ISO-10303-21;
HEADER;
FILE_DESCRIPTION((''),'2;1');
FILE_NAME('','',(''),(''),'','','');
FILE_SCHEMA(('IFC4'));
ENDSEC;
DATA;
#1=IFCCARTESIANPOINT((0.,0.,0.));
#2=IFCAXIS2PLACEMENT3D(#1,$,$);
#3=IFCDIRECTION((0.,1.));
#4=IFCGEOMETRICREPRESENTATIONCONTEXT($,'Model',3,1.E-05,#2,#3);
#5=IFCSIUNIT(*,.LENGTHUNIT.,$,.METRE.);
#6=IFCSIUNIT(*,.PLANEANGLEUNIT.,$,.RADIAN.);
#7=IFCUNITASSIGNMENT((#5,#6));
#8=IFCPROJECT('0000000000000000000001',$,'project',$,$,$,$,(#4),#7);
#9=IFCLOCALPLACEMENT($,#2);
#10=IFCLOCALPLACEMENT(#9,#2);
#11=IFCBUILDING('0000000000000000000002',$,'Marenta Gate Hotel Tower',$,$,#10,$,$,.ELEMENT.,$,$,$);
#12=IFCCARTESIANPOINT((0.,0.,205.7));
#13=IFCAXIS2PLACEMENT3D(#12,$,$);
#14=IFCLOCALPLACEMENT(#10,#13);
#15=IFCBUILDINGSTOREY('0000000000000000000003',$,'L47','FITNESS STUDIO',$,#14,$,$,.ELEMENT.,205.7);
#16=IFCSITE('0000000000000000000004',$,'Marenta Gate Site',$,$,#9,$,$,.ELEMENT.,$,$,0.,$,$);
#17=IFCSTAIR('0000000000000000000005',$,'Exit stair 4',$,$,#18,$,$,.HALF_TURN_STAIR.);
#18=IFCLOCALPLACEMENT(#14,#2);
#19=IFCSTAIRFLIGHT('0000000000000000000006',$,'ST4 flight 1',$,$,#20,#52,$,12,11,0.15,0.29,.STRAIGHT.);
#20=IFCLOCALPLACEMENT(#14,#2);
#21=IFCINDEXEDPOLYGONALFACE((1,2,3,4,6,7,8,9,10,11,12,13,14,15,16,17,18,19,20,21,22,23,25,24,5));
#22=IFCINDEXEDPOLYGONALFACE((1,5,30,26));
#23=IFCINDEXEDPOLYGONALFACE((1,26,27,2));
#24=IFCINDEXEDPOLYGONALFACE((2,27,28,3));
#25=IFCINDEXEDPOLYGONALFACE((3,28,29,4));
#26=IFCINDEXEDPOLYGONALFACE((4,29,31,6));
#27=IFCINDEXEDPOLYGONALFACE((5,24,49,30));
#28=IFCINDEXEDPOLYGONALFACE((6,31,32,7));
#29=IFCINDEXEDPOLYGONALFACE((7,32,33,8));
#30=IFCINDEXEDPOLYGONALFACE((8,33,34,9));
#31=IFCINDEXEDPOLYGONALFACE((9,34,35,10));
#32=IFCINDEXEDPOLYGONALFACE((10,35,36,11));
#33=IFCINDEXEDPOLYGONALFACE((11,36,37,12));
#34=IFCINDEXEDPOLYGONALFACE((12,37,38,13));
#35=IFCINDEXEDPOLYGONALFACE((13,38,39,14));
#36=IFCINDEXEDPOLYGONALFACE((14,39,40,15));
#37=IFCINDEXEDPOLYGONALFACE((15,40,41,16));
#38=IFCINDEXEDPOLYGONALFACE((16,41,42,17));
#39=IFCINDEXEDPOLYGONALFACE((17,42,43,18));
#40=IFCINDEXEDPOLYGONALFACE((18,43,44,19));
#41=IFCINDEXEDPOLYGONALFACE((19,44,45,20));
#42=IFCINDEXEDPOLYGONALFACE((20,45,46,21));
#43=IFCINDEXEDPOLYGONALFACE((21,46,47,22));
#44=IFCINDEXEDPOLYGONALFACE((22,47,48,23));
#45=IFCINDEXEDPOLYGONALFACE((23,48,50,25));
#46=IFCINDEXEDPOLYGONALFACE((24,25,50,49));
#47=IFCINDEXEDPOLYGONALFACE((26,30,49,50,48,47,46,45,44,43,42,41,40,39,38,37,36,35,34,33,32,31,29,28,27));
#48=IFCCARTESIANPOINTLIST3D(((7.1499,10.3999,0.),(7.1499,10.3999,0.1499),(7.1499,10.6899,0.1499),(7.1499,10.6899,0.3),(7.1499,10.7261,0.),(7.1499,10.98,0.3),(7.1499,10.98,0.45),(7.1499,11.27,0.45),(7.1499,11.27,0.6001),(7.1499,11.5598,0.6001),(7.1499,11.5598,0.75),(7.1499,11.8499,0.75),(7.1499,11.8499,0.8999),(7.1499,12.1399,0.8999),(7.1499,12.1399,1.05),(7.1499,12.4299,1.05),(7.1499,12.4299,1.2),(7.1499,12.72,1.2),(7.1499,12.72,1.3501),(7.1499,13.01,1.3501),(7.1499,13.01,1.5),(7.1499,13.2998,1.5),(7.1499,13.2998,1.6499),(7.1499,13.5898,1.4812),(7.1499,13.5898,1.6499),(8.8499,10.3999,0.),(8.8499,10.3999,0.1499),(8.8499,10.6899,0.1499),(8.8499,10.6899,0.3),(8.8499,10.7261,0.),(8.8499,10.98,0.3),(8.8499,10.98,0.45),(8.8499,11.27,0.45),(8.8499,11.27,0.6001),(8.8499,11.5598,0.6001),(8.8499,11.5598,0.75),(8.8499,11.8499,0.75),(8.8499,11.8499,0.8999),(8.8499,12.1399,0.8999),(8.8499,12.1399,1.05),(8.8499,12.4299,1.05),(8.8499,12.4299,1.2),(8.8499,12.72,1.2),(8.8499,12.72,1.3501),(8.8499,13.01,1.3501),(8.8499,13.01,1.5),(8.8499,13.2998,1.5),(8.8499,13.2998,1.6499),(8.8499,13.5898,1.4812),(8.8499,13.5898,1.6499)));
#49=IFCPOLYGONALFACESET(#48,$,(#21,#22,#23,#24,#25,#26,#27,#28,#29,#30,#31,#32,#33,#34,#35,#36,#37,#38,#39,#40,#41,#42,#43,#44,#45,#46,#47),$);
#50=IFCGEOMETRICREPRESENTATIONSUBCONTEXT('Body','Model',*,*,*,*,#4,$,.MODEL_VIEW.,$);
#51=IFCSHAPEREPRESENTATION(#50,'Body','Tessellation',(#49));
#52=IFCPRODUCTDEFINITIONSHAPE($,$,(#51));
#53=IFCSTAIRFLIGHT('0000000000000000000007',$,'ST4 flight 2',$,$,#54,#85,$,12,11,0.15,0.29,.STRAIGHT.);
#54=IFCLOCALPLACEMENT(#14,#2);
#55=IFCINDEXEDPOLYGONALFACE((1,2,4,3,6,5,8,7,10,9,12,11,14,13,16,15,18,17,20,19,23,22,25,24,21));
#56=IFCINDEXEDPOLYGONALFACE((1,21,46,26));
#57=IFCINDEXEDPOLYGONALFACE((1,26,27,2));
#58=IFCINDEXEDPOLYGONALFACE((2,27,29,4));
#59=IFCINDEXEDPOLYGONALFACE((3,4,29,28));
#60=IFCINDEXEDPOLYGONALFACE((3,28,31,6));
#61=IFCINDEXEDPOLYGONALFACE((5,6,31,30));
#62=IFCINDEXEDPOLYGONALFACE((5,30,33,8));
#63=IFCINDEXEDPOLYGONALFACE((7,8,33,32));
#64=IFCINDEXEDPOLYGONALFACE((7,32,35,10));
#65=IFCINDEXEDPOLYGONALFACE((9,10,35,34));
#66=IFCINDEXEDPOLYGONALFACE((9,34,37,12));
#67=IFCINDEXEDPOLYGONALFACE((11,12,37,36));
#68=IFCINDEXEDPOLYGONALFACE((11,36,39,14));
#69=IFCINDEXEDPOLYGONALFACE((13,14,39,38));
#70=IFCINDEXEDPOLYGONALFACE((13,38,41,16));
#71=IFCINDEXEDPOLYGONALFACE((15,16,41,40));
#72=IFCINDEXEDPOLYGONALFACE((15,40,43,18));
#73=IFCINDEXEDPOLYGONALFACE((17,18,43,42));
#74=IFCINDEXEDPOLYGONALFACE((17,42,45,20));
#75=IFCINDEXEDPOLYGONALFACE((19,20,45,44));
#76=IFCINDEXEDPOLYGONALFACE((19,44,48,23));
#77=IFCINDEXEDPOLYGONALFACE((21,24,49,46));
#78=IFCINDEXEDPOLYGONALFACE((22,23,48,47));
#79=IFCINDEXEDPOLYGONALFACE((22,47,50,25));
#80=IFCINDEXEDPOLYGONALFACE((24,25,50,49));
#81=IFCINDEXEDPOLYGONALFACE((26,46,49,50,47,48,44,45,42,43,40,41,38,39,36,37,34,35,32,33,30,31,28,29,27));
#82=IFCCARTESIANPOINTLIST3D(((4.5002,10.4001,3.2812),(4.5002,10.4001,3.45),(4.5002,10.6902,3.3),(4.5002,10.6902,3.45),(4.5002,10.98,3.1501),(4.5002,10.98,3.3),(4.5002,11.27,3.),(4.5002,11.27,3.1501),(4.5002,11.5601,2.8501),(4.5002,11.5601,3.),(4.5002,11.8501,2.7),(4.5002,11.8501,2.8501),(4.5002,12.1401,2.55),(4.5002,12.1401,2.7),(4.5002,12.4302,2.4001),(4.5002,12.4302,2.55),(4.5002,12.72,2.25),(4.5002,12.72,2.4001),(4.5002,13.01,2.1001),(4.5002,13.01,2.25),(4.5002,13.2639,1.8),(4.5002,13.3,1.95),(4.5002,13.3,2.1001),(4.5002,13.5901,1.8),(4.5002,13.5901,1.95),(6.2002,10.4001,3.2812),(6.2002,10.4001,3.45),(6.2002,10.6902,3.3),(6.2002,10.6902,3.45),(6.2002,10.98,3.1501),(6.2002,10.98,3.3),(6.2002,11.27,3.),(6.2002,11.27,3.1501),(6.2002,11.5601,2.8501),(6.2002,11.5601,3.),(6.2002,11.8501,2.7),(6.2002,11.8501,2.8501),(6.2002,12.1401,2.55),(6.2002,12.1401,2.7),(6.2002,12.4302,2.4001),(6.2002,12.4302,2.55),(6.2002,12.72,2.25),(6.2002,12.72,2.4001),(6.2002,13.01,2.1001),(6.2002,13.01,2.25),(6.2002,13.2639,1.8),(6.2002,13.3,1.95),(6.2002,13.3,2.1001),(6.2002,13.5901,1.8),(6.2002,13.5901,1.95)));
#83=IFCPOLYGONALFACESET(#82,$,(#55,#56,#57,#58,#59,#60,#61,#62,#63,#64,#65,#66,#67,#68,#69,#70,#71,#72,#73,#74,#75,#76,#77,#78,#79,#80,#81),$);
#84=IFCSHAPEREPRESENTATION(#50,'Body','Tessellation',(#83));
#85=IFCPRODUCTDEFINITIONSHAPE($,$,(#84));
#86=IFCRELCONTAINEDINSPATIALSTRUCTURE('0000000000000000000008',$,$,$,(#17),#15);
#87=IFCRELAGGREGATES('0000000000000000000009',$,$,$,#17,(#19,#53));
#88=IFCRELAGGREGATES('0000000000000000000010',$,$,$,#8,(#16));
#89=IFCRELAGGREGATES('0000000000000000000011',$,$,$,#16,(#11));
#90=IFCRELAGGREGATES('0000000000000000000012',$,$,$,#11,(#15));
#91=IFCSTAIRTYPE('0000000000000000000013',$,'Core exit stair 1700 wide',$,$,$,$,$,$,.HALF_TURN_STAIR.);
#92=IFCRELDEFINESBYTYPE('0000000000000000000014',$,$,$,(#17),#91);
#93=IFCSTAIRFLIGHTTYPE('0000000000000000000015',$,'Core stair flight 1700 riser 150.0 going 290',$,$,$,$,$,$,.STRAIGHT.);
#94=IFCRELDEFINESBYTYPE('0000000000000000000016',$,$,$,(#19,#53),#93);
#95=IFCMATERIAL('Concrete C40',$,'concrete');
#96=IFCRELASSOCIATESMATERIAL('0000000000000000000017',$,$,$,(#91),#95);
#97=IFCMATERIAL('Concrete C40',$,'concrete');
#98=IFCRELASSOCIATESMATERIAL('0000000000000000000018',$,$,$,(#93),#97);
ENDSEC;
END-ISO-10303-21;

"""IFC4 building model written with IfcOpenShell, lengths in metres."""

from ifc_helpers import new_model, si_unit, direction, frame, origin, place, context, subcontext, project, spatial, polyline, outline, extrude, material, type_object, element, aggregate, save


model = new_model("IFC4")

# Units and contexts
model_context = context("Model", 3, precision=1e-05, world=origin(), true_north=direction((0.0, 1.0)))
body_context = subcontext(model_context, "Body", "Model", "MODEL_VIEW")
ifc_project = project(units=[si_unit("LENGTHUNIT", "METRE"), si_unit("PLANEANGLEUNIT", "RADIAN")], contexts=[model_context])

# Site, building, storey
site_placement = place(None, origin())
site = spatial("IfcSite", under=ifc_project, at=site_placement, Name="Marenta Gate Site", CompositionType="ELEMENT", RefElevation=0.0)
building_placement = place(site_placement, origin())
building = spatial("IfcBuilding", under=site, at=building_placement, Name="Marenta Gate Hotel Tower", CompositionType="ELEMENT")
storey_placement = place(building_placement, frame((0.0, 0.0, 205.7)))
storey = spatial("IfcBuildingStorey", under=building, at=storey_placement, Name="L47", Description="FITNESS STUDIO", CompositionType="ELEMENT", Elevation=205.7)

# Stair, stair flights
ifc_material_1 = material(Name="Concrete C40", Category="concrete")
stair_type = type_object("IfcStairType", Name="Core exit stair 1700 wide", PredefinedType="HALF_TURN_STAIR", material=ifc_material_1)
stair_placement = place(storey_placement, origin())
stair = element("IfcStair", 1, at=stair_placement, inside=storey, type_object=stair_type, Name="Exit stair 4", PredefinedType="HALF_TURN_STAIR")
ifc_material_2 = material(Name="Concrete C40", Category="concrete")
stair_flight_type = type_object("IfcStairFlightType", Name="Core stair flight 1700 riser 150.0 going 290", PredefinedType="STRAIGHT", material=ifc_material_2)
stair_flight_1_placement = place(storey_placement, frame((8.0, 10.3999, 0.0), z_axis=(0.0, 0.0, 1.0), x_axis=(0.0, 1.0, 0.0)))
stair_flight_1 = element("IfcStairFlight", 2, at=stair_flight_1_placement, type_object=stair_flight_type, Name="ST4 flight 1", NumberOfRisers=12, NumberOfTreads=11, PredefinedType="STRAIGHT", RiserHeight=0.15, TreadLength=0.29, context=body_context, shape_type="SweptSolid", body=[
    extrude(outline(polyline([(0.0, 0.0), (0.0, 0.1499), (0.29, 0.1499), (0.29, 0.3), (0.5801, 0.3), (0.5801, 0.45), (0.8701, 0.45), (0.8701, 0.6001), (1.1599, 0.6001), (1.1599, 0.75), (1.45, 0.75), (1.45, 0.8999), (1.74, 0.8999), (1.74, 1.05), (2.03, 1.05), (2.03, 1.2), (2.3201, 1.2), (2.3201, 1.3501), (2.6101, 1.3501), (2.6101, 1.5), (2.8999, 1.5), (2.8999, 1.6499), (3.1899, 1.6499), (3.1899, 1.8), (3.1899, 1.4812), (0.3262, 0.0), (0.0, 0.0)])), frame((0.0, 0.8501, 0.0), z_axis=(0.0, -1.0, 0.0), x_axis=(1.0, 0.0, 0.0)), (0.0, 0.0, 1.0), 1.7),
])
stair_flight_2_placement = place(storey_placement, frame((5.3501, 13.5901, 1.8), z_axis=(0.0, 0.0, 1.0), x_axis=(0.0, -1.0, 0.0)))
stair_flight_2 = element("IfcStairFlight", 3, at=stair_flight_2_placement, type_object=stair_flight_type, Name="ST4 flight 2", NumberOfRisers=12, NumberOfTreads=11, PredefinedType="STRAIGHT", RiserHeight=0.15, TreadLength=0.29, context=body_context, shape_type="SweptSolid", body=[
    extrude(outline(polyline([(0.0, 0.0), (0.0, 0.1499), (0.29, 0.1499), (0.29, 0.3), (0.5801, 0.3), (0.5801, 0.45), (0.8701, 0.45), (0.8701, 0.6001), (1.1599, 0.6001), (1.1599, 0.75), (1.45, 0.75), (1.45, 0.8999), (1.74, 0.8999), (1.74, 1.05), (2.03, 1.05), (2.03, 1.2), (2.3201, 1.2), (2.3201, 1.3501), (2.6101, 1.3501), (2.6101, 1.5), (2.8999, 1.5), (2.8999, 1.6499), (3.1899, 1.6499), (3.1899, 1.8), (3.1899, 1.4812), (0.3262, 0.0), (0.0, 0.0)])), frame((0.0, 0.8501, 0.0), z_axis=(0.0, -1.0, 0.0), x_axis=(1.0, 0.0, 0.0)), (0.0, 0.0, 1.0), 1.7),
])
aggregate(stair, [stair_flight_1, stair_flight_2])

save(model, "model.ifc")
